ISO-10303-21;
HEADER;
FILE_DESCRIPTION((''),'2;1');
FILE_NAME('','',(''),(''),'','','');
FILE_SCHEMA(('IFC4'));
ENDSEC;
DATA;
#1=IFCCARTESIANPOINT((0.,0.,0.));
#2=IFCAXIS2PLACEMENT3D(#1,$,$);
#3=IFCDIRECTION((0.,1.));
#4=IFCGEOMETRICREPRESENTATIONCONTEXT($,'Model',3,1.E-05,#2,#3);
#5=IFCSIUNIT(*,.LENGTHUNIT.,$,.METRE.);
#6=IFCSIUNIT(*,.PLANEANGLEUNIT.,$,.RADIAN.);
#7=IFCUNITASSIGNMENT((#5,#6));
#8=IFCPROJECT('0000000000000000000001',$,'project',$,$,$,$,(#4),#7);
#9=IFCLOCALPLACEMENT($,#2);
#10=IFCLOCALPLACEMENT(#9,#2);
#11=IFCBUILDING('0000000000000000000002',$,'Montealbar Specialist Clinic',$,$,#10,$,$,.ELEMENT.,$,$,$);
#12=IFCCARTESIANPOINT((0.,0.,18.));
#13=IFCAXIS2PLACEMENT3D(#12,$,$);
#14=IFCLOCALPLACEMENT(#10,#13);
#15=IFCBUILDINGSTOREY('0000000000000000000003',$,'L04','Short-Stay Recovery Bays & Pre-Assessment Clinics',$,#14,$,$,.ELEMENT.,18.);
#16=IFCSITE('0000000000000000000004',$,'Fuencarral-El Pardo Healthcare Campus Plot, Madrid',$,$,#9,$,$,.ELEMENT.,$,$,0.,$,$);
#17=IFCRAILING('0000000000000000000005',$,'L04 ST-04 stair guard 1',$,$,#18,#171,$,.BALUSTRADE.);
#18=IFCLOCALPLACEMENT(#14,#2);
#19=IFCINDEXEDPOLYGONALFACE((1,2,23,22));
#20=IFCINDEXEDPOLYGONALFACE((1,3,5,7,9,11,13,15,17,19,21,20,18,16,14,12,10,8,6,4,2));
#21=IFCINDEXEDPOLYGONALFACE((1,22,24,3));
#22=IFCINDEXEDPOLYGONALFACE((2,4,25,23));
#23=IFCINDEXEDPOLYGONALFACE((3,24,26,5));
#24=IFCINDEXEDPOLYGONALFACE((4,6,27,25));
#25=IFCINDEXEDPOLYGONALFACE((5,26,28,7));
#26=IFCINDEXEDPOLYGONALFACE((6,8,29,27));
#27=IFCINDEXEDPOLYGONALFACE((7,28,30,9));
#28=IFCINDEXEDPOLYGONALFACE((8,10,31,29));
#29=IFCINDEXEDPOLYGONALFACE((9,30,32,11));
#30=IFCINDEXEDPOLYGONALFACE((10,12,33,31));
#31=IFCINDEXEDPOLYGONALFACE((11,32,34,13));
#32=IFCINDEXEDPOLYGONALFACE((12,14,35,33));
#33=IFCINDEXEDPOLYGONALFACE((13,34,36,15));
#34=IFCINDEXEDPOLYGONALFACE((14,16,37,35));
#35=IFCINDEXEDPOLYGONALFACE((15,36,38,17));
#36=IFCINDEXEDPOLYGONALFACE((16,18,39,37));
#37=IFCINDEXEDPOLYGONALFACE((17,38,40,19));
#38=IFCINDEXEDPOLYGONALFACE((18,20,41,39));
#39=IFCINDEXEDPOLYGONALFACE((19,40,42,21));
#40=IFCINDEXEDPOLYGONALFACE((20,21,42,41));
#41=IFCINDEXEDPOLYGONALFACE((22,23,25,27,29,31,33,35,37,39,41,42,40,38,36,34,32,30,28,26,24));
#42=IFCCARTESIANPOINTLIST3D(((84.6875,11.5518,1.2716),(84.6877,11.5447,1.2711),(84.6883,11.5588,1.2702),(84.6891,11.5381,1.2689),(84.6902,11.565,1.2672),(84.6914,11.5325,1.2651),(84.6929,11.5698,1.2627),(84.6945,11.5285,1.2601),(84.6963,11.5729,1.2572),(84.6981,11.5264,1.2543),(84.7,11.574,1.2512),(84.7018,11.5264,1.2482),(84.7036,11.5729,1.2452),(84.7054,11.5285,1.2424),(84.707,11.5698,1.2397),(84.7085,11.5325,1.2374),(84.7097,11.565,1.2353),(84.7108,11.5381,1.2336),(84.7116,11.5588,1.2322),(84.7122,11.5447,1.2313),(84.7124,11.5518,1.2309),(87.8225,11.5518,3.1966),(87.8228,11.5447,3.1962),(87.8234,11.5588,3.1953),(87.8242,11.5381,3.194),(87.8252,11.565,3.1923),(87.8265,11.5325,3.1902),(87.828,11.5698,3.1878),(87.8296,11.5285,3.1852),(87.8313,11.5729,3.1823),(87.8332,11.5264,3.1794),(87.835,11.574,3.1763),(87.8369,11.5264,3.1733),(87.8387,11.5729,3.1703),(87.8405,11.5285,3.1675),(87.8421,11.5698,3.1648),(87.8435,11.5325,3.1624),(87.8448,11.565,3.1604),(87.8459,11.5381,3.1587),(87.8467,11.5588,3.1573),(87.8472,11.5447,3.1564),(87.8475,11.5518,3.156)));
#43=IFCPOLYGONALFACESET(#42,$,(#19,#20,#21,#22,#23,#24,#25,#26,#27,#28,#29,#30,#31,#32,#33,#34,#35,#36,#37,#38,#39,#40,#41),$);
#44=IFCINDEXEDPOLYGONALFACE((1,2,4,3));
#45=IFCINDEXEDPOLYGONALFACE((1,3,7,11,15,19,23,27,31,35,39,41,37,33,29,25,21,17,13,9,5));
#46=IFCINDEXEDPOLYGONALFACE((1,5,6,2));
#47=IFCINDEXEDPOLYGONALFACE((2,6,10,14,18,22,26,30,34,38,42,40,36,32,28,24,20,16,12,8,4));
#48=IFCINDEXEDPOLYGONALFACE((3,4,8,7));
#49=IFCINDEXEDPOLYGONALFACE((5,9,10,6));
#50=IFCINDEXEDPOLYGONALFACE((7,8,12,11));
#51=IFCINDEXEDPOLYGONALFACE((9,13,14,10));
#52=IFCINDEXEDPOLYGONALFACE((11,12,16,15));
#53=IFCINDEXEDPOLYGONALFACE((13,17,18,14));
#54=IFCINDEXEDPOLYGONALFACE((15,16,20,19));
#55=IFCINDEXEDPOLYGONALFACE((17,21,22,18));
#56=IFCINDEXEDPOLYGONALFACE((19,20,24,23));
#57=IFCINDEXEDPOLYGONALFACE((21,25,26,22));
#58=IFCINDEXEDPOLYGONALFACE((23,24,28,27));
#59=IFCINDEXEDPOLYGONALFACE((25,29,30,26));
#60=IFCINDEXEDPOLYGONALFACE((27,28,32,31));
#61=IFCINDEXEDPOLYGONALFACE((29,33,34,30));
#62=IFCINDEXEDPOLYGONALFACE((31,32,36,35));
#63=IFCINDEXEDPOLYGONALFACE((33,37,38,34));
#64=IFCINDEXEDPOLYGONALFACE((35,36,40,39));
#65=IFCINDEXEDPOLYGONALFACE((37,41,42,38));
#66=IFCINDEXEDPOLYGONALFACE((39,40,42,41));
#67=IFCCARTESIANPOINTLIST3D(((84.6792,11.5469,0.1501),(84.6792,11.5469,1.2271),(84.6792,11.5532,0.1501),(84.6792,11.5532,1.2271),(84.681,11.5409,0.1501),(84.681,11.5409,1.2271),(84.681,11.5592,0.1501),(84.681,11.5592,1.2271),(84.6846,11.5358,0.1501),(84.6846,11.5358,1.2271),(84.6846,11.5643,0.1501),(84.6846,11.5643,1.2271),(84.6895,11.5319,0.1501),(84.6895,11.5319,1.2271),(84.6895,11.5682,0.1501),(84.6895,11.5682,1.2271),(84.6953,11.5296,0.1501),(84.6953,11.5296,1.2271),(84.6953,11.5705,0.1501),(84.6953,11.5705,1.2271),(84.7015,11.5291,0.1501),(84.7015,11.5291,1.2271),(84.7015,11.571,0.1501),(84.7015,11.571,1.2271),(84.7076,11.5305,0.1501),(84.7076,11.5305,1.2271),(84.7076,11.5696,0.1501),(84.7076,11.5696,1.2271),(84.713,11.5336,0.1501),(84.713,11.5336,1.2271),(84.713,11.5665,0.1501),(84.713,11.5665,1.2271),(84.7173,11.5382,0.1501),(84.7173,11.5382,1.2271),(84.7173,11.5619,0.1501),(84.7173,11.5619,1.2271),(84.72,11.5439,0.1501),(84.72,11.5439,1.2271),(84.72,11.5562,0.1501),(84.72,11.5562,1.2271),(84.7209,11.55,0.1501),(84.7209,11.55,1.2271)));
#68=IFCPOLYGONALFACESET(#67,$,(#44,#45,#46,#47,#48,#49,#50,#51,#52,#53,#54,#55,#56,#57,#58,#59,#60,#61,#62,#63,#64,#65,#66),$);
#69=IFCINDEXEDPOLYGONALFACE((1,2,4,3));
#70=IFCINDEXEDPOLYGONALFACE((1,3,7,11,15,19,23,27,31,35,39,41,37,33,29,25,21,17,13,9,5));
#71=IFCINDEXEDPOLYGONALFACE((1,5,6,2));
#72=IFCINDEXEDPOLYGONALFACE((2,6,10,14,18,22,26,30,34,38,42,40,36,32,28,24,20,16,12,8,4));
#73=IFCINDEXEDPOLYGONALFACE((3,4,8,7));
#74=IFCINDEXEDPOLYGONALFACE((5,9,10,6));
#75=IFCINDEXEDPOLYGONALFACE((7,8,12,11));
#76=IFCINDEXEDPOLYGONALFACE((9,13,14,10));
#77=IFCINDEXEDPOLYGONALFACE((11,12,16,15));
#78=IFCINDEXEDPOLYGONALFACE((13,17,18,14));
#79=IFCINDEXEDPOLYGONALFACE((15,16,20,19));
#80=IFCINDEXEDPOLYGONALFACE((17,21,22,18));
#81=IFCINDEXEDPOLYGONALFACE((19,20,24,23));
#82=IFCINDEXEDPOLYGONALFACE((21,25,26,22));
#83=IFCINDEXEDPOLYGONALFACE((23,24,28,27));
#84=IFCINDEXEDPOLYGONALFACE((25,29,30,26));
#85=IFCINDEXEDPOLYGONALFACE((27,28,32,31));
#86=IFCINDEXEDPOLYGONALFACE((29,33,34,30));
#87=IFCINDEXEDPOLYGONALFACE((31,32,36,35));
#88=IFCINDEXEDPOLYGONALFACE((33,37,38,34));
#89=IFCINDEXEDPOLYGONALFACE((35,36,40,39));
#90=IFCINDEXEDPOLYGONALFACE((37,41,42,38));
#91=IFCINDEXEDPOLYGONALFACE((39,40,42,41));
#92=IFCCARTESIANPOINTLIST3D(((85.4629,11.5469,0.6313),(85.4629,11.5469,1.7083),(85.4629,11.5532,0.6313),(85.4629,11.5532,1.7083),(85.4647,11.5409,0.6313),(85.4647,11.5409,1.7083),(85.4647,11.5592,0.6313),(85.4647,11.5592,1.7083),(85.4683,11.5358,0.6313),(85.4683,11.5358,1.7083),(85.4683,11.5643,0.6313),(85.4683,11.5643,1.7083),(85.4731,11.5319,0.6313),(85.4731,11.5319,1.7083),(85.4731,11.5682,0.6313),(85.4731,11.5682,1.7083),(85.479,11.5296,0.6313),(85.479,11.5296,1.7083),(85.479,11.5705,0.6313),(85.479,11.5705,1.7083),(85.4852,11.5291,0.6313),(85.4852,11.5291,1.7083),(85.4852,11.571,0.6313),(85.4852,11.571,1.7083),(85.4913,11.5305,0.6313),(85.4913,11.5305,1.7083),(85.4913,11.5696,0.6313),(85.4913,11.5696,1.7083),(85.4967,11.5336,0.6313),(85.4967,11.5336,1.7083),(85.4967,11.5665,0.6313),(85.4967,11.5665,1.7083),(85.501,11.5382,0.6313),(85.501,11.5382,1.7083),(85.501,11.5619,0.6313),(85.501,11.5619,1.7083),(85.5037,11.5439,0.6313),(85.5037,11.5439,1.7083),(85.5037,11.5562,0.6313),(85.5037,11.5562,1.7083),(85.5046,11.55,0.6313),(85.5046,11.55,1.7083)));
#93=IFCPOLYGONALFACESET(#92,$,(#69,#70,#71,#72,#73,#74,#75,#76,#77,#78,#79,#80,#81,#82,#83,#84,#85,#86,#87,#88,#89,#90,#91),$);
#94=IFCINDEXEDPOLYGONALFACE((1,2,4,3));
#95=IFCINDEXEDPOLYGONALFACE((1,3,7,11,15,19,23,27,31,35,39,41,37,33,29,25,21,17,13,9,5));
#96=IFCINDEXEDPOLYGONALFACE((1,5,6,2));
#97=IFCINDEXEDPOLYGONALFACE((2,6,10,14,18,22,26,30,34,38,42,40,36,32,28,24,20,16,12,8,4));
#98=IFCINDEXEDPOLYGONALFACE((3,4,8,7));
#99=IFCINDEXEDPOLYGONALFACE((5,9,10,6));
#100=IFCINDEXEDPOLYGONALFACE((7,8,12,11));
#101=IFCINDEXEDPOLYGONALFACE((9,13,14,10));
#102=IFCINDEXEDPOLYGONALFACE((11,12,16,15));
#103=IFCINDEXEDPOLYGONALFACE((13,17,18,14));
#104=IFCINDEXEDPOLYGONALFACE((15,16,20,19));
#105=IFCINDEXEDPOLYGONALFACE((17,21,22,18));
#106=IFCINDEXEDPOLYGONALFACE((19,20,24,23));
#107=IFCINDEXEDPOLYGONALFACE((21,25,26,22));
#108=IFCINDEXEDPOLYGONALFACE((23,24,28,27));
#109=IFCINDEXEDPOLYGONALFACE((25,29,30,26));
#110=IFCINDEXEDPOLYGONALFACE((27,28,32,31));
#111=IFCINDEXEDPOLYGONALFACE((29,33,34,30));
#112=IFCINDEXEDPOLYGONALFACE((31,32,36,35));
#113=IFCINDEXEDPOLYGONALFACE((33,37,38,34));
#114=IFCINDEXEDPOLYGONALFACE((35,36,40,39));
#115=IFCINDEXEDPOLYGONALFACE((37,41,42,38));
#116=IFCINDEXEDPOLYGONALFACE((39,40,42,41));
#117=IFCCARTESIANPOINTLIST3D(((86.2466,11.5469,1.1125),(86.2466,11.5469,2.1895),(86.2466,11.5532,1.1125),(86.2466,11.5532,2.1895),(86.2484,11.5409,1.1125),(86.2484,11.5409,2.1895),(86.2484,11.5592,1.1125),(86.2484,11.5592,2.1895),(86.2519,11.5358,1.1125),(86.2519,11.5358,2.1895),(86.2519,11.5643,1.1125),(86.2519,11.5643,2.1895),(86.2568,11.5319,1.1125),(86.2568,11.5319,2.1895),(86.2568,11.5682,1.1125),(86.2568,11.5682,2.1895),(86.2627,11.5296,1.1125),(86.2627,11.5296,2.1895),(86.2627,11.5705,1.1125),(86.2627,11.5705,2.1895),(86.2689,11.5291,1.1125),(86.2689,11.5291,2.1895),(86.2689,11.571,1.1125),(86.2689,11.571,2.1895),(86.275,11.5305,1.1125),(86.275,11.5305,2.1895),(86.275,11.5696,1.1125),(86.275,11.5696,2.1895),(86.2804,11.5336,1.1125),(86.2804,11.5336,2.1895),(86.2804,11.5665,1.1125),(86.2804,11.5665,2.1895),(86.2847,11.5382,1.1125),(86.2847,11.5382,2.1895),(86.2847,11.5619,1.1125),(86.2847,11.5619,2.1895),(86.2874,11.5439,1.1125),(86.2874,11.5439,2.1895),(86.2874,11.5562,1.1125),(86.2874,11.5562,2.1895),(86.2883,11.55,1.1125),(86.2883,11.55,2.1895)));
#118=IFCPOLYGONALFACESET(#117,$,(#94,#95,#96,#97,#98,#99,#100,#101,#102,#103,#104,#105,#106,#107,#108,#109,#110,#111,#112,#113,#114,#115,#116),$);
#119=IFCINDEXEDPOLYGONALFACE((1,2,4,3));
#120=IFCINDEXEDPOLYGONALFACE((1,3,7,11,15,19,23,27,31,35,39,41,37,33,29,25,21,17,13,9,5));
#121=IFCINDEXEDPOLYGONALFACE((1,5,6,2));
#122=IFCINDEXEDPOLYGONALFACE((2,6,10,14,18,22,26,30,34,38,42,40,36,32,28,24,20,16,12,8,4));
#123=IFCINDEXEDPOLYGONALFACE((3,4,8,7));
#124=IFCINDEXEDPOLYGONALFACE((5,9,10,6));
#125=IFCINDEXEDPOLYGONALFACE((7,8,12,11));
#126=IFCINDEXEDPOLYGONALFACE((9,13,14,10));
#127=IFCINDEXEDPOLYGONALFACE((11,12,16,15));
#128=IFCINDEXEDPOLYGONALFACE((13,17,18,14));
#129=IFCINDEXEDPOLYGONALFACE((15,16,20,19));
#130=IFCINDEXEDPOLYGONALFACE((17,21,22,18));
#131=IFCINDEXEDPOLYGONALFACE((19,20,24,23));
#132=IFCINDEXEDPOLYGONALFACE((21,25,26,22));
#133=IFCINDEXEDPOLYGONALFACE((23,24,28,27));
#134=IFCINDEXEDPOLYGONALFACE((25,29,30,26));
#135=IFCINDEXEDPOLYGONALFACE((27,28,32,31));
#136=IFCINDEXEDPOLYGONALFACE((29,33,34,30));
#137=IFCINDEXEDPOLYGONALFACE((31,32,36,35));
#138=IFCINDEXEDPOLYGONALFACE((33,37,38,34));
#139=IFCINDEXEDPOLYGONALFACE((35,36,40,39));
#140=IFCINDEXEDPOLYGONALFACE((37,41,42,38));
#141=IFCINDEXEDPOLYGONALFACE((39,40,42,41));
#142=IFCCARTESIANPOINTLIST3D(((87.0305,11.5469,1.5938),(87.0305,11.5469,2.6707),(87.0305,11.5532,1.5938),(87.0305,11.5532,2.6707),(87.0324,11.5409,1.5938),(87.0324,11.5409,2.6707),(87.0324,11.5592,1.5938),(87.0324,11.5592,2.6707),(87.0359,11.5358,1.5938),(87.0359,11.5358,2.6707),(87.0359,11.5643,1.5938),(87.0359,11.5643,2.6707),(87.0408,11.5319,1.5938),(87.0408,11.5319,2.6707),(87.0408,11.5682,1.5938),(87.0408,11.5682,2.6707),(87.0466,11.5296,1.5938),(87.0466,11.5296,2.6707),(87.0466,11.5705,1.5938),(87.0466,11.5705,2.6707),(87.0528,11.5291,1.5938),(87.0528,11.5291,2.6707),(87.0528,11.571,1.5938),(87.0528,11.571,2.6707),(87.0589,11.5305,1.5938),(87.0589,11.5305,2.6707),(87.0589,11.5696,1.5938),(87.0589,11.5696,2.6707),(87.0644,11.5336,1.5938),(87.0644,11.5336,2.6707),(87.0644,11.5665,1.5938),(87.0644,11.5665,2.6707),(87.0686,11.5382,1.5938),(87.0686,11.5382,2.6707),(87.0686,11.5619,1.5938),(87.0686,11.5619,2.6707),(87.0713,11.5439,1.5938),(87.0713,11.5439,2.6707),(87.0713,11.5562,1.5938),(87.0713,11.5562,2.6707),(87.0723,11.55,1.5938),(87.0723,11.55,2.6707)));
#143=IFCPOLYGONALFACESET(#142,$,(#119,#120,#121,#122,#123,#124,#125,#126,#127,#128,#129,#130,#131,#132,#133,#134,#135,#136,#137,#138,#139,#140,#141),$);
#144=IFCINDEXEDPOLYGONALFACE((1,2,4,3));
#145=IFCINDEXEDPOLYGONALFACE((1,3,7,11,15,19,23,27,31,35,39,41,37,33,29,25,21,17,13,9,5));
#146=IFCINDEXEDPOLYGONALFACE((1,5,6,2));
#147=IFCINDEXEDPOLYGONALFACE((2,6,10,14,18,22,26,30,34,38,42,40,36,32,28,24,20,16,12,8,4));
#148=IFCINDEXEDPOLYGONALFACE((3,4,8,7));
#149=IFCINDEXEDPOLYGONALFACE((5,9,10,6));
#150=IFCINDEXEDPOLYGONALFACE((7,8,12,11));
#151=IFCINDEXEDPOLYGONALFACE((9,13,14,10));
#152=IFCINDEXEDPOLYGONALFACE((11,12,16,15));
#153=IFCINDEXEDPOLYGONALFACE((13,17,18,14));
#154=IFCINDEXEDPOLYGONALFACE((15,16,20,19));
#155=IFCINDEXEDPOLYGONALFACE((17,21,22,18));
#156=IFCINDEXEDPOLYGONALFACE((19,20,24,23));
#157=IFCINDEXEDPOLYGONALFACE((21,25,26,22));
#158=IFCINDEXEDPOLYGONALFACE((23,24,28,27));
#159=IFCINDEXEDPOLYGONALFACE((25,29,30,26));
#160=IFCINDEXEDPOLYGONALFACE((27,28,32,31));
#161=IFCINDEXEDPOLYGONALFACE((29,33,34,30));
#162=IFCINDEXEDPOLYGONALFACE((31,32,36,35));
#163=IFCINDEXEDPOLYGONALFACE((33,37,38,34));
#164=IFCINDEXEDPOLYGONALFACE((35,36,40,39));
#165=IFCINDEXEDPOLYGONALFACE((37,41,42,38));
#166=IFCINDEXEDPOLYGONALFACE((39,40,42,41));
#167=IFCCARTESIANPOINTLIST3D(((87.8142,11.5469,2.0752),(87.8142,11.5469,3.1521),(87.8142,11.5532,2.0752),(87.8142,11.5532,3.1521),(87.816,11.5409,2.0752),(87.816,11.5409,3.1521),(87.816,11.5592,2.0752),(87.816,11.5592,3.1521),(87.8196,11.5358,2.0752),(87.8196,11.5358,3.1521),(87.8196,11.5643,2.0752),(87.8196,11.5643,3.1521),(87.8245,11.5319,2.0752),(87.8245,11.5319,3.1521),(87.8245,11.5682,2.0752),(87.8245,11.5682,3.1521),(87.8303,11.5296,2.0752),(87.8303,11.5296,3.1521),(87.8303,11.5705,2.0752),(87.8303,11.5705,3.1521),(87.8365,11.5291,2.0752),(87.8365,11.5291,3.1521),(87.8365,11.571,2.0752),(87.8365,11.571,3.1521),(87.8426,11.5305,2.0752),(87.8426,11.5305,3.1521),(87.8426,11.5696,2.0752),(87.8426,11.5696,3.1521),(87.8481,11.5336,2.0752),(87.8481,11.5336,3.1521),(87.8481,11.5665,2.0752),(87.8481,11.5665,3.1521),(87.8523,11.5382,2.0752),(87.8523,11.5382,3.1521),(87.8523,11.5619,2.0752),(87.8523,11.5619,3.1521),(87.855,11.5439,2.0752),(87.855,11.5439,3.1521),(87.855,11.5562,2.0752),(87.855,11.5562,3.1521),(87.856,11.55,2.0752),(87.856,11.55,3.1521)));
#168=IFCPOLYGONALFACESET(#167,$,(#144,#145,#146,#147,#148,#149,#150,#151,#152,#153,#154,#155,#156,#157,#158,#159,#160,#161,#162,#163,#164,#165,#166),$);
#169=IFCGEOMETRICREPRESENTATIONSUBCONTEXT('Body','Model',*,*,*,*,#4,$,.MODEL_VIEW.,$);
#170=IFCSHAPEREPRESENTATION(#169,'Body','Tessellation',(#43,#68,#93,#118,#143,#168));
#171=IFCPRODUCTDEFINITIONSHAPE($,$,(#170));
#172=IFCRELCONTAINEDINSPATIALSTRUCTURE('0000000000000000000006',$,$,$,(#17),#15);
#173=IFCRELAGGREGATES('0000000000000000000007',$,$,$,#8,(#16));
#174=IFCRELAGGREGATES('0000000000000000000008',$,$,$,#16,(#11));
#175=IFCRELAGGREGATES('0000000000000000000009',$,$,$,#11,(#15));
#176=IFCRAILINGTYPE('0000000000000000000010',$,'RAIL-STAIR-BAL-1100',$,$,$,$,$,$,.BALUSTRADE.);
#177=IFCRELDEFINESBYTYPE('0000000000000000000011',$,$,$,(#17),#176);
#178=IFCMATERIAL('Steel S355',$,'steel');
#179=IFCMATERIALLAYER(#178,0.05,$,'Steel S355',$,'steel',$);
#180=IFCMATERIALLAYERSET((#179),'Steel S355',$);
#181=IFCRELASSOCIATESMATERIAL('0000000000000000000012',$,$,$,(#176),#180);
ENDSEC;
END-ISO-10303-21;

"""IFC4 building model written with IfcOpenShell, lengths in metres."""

from ifc_helpers import new_model, si_unit, direction, frame, origin, origin_2d, place, context, subcontext, project, spatial, circle, extrude, material, layer, layer_set, type_object, element, save


model = new_model("IFC4")

# Units and contexts
model_context = context("Model", 3, precision=1e-05, world=origin(), true_north=direction((0.0, 1.0)))
body_context = subcontext(model_context, "Body", "Model", "MODEL_VIEW")
ifc_project = project(units=[si_unit("LENGTHUNIT", "METRE"), si_unit("PLANEANGLEUNIT", "RADIAN")], contexts=[model_context])

# Site, building, storey
site_placement = place(None, origin())
site = spatial("IfcSite", under=ifc_project, at=site_placement, Name="Fuencarral-El Pardo Healthcare Campus Plot, Madrid", CompositionType="ELEMENT", RefElevation=0.0)
building_placement = place(site_placement, origin())
building = spatial("IfcBuilding", under=site, at=building_placement, Name="Montealbar Specialist Clinic", CompositionType="ELEMENT")
storey_placement = place(building_placement, frame((0.0, 0.0, 18.0)))
storey = spatial("IfcBuildingStorey", under=building, at=storey_placement, Name="L04", Description="Short-Stay Recovery Bays & Pre-Assessment Clinics", CompositionType="ELEMENT", Elevation=18.0)

# Shared definitions
ifc_material_1 = material(Name="Steel S355", Category="steel")

# Railing
ifc_layer_1 = layer(ifc_material_1, 0.05, Name="Steel S355", Category="steel")
ifc_layer_set_1 = layer_set([ifc_layer_1], Name="Steel S355")
railing_type_1 = type_object("IfcRailingType", Name="RAIL-STAIR-BAL-1100", PredefinedType="BALUSTRADE", material=ifc_layer_set_1)
railing_1_placement = place(storey_placement, frame((84.7, 11.55, 0.175)))
element("IfcRailing", 1, at=railing_1_placement, inside=storey, type_object=railing_type_1, Name="L04 ST-04 stair guard 1", PredefinedType="BALUSTRADE", context=body_context, shape_type="SweptSolid", body=[
    extrude(circle(Radius=0.0239, at=origin_2d()), frame((0.0, 0.0, 1.0762), z_axis=(0.852166, 0.0, 0.523271), x_axis=(0.0, 1.0, 0.0)), (0.0, 0.0, 1.0), 3.679),
    extrude(circle(Radius=0.021, at=origin_2d()), frame((0.0, 0.0, -0.0249)), (0.0, 0.0, 1.0), 1.0769),
    extrude(circle(Radius=0.021, at=origin_2d()), frame((0.7837, 0.0, 0.4563)), (0.0, 0.0, 1.0), 1.0769),
    extrude(circle(Radius=0.021, at=origin_2d()), frame((1.5674, 0.0, 0.9375)), (0.0, 0.0, 1.0), 1.0769),
    extrude(circle(Radius=0.021, at=origin_2d()), frame((2.3513, 0.0, 1.4187)), (0.0, 0.0, 1.0), 1.0769),
    extrude(circle(Radius=0.021, at=origin_2d()), frame((3.135, 0.0, 1.9001)), (0.0, 0.0, 1.0), 1.0769),
])

save(model, "model.ifc")
